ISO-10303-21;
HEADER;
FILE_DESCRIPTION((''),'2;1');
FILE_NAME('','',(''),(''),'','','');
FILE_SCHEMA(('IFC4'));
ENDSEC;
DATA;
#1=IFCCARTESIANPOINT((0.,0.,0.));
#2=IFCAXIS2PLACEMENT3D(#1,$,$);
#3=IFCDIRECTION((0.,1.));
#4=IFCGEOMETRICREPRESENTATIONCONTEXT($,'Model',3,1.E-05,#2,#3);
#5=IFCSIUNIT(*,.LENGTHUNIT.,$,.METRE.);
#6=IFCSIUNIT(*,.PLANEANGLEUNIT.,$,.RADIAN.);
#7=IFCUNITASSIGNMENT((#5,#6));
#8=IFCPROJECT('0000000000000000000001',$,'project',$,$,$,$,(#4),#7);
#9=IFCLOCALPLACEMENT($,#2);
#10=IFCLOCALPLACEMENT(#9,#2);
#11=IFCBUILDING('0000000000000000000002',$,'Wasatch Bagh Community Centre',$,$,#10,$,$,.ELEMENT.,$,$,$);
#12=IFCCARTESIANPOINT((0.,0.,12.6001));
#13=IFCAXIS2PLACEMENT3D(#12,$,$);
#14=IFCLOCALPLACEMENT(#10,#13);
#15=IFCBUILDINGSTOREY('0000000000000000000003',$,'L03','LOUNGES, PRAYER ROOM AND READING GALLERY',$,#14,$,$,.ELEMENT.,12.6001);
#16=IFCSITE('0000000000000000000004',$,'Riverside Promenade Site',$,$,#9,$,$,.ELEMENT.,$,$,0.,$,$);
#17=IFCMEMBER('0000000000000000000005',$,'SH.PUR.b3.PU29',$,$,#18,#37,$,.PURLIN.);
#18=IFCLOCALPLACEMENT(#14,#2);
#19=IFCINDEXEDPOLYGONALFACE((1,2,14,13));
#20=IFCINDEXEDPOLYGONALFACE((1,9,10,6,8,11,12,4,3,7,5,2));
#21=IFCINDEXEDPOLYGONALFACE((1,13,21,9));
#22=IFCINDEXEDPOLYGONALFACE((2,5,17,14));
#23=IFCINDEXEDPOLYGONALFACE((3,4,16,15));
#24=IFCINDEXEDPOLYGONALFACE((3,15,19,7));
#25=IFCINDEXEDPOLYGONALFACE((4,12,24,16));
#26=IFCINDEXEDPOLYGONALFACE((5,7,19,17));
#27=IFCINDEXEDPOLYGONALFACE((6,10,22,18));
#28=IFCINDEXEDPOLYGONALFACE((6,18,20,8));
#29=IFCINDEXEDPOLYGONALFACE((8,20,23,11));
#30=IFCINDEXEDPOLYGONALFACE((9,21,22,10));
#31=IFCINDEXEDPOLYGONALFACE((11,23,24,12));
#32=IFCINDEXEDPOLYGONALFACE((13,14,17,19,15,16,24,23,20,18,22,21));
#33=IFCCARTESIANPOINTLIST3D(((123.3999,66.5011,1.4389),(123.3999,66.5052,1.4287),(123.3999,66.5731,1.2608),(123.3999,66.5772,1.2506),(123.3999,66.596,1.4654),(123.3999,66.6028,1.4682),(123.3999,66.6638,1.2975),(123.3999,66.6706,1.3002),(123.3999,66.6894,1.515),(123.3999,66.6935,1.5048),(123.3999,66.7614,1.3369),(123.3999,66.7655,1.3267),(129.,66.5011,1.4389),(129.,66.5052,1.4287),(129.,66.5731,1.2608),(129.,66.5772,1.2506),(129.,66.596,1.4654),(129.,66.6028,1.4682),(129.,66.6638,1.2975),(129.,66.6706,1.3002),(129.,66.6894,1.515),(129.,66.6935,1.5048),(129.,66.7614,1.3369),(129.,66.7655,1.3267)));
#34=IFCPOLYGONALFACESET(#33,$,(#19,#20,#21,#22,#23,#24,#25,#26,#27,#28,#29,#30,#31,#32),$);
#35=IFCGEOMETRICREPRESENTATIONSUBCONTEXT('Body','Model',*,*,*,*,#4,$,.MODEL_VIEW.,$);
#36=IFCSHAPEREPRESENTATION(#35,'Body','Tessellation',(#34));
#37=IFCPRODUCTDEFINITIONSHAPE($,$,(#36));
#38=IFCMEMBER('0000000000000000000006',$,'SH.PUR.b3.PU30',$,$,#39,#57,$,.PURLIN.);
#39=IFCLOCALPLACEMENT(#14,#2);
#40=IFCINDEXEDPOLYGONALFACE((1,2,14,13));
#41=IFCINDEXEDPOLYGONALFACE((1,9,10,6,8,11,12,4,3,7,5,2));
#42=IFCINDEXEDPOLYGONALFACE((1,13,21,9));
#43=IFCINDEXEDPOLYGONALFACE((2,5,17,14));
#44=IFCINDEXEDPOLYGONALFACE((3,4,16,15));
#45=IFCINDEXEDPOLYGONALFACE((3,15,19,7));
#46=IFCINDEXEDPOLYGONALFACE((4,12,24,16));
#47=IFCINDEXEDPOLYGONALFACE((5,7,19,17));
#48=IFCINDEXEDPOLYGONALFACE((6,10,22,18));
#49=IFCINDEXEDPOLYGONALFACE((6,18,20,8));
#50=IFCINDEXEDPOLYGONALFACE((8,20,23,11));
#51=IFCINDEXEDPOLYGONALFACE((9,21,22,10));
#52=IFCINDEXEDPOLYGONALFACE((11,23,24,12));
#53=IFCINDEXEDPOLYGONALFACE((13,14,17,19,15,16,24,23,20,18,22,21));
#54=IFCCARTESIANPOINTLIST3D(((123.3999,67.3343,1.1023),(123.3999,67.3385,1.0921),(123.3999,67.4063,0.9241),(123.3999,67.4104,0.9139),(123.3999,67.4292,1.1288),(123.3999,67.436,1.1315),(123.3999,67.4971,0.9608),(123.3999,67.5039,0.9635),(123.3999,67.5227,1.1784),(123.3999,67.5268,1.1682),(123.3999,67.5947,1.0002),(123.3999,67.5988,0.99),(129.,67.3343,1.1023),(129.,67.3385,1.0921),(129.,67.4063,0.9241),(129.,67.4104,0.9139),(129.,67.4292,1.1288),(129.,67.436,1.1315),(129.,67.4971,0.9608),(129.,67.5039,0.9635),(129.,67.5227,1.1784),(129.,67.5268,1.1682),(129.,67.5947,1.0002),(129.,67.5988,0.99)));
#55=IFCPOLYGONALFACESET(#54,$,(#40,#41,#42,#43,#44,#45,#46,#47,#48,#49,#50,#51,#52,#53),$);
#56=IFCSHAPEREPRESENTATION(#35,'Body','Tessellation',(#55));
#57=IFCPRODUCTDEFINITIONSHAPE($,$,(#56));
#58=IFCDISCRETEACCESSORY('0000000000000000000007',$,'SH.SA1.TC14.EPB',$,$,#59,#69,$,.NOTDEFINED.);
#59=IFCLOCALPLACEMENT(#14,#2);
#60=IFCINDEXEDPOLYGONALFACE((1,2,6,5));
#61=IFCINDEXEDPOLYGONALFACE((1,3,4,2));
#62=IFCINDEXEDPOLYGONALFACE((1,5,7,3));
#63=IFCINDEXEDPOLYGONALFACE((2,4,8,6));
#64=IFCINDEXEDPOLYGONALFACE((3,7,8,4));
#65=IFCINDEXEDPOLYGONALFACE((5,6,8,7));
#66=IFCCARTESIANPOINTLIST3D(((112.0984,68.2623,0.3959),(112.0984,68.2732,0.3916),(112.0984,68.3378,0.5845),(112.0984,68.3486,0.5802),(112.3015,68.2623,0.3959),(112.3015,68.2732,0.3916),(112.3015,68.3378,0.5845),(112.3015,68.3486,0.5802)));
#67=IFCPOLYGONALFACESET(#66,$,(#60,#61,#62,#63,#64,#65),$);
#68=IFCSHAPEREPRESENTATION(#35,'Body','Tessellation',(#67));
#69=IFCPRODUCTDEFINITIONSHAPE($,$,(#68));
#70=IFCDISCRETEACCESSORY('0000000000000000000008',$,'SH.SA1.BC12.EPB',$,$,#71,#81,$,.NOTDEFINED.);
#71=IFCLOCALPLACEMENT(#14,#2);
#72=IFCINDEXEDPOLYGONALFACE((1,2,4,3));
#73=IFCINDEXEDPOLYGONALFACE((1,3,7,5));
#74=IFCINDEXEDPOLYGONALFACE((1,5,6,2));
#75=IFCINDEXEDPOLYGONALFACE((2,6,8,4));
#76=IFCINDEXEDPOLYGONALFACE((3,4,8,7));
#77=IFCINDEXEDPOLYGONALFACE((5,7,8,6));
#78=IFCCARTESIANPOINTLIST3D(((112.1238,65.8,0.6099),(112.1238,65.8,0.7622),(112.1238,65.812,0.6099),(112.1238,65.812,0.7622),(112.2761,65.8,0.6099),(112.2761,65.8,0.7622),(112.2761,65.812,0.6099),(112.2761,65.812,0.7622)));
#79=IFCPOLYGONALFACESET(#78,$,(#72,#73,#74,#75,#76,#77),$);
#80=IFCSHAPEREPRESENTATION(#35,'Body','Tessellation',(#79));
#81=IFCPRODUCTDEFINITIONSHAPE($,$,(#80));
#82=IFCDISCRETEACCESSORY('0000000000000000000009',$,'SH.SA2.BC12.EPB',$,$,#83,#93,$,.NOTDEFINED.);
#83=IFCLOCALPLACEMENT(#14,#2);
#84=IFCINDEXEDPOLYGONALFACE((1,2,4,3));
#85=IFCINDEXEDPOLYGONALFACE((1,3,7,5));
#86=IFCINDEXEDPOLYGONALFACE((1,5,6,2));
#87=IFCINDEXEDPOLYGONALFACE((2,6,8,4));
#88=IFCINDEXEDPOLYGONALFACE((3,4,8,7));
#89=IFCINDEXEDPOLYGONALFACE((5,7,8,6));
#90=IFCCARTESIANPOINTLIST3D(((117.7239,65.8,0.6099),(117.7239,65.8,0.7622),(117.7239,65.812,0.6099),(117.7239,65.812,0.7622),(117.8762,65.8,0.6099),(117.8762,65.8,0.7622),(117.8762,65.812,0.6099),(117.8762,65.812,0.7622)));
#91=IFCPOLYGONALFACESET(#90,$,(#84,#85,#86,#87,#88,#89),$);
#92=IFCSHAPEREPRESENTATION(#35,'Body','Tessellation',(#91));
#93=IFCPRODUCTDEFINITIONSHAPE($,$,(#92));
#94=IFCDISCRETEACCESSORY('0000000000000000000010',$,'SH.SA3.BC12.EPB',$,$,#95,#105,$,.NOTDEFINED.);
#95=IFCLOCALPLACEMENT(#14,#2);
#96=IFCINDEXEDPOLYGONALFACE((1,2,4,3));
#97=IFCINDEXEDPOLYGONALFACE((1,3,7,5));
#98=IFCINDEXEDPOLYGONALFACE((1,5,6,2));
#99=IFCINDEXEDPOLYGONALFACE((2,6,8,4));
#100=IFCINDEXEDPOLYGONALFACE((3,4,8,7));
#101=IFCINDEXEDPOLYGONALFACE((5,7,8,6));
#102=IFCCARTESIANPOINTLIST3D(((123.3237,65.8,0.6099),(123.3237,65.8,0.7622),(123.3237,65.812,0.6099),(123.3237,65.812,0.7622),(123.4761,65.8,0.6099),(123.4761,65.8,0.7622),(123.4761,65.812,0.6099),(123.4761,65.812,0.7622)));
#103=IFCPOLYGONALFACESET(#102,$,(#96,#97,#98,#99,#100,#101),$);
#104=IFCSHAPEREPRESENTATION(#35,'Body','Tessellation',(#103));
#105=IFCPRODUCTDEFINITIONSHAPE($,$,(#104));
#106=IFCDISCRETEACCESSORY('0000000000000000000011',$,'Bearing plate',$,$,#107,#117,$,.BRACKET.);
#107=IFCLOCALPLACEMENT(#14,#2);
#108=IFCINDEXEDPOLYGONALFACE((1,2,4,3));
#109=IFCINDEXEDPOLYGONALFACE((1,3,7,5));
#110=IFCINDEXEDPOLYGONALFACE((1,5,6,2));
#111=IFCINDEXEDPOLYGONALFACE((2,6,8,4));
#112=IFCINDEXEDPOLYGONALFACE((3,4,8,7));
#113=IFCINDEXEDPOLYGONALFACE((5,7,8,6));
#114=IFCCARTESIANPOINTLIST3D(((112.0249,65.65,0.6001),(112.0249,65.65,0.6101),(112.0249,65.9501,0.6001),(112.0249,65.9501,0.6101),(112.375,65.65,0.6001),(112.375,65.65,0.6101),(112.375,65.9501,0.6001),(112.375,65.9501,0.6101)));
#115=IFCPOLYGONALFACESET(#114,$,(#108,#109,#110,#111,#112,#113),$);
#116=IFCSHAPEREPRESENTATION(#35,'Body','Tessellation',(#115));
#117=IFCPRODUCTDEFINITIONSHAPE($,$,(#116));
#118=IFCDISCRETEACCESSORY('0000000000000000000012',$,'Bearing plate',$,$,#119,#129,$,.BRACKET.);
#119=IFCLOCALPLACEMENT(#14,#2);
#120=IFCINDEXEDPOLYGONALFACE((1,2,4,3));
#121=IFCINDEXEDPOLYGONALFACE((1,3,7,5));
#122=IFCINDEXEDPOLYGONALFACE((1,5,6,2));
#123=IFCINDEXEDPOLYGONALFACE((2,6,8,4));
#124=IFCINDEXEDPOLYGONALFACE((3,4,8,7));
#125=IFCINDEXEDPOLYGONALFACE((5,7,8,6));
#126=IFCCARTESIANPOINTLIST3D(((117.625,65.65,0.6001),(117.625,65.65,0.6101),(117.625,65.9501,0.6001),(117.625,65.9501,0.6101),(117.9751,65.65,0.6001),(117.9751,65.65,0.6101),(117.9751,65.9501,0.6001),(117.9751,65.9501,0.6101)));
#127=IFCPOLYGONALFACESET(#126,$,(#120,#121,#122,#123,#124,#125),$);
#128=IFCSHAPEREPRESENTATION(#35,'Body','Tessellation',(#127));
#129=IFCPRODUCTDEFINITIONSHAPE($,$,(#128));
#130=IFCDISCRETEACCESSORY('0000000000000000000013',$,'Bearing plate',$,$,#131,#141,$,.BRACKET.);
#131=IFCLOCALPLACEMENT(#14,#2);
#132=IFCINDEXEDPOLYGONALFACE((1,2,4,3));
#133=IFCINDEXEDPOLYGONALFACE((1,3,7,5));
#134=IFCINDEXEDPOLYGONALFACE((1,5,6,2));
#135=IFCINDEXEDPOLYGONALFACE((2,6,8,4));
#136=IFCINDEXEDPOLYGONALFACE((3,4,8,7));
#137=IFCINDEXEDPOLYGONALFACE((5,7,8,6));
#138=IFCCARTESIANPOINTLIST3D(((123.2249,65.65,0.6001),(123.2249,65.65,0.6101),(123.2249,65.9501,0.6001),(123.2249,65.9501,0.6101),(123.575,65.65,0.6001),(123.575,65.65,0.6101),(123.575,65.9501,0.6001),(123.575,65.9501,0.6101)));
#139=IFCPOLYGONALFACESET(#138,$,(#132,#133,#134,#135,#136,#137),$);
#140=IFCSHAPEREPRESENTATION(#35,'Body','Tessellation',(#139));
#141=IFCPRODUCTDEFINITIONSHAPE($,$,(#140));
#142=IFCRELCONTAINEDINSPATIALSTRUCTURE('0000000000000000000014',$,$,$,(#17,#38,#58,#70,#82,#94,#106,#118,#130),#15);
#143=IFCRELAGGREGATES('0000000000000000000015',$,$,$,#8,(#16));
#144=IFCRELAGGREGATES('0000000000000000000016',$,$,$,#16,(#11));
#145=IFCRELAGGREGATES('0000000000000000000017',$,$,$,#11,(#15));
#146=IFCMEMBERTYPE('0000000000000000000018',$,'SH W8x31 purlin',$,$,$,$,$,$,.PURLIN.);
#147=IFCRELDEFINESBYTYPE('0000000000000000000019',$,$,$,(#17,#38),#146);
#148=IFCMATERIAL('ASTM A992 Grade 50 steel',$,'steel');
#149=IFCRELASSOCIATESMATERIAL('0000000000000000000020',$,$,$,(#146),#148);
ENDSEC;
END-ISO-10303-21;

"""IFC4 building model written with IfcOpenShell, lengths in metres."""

from ifc_helpers import new_model, si_unit, direction, frame, origin, origin_2d, place, context, subcontext, project, spatial, rectangle, i_section, extrude, material, material_profile, profile_set, type_object, element, save


model = new_model("IFC4")

# Units and contexts
model_context = context("Model", 3, precision=1e-05, world=origin(), true_north=direction((0.0, 1.0)))
body_context = subcontext(model_context, "Body", "Model", "MODEL_VIEW")
ifc_project = project(units=[si_unit("LENGTHUNIT", "METRE"), si_unit("PLANEANGLEUNIT", "RADIAN")], contexts=[model_context])

# Site, building, storey
site_placement = place(None, origin())
site = spatial("IfcSite", under=ifc_project, at=site_placement, Name="Riverside Promenade Site", CompositionType="ELEMENT", RefElevation=0.0)
building_placement = place(site_placement, origin())
building = spatial("IfcBuilding", under=site, at=building_placement, Name="Wasatch Bagh Community Centre", CompositionType="ELEMENT")
storey_placement = place(building_placement, frame((0.0, 0.0, 12.6001)))
storey = spatial("IfcBuildingStorey", under=building, at=storey_placement, Name="L03", Description="LOUNGES, PRAYER ROOM AND READING GALLERY", CompositionType="ELEMENT", Elevation=12.6001)

# Shared definitions
ifc_material_1 = material(Name="ASTM A992 Grade 50 steel", Category="steel")

# Members
ifc_material_profile_1 = material_profile(ifc_material_1, i_section(OverallWidth=0.2031, OverallDepth=0.2031, WebThickness=0.0073, FlangeThickness=0.011, at=origin_2d()), Name="W8x31")
ifc_profile_set_1 = profile_set([ifc_material_profile_1], Name="ASTM A992 Grade 50 steel")
member_type_1 = type_object("IfcMemberType", Name="SH W8x31 purlin", PredefinedType="PURLIN", material=ifc_profile_set_1)
for number, where, z_axis, x_axis, name in (
    (1, (123.3999, 66.6333, 1.3828), (1.0, 0.0, 0.0), (0.0, 0.927184, 0.374607), "SH.PUR.b3.PU29"),
    (2, (123.3999, 67.4666, 1.0461), (1.0, 0.0, 0.0), (0.0, 0.927184, 0.374607), "SH.PUR.b3.PU30"),
):
    element("IfcMember", number, at=place(storey_placement, frame(where, z_axis=z_axis, x_axis=x_axis)), inside=storey, type_object=member_type_1, Name=name, PredefinedType="PURLIN", context=body_context, shape_type="SweptSolid", body=[
        extrude(i_section(OverallWidth=0.2031, OverallDepth=0.2031, WebThickness=0.0073, FlangeThickness=0.011, at=origin_2d()), origin(), (0.0, 0.0, 1.0), 5.6001),
    ])

# Discrete accessories
discrete_accessory_placement = place(storey_placement, frame((112.2, 68.3, 0.4902), z_axis=(0.0, 0.928477, -0.371391), x_axis=(-1.0, 0.0, 0.0)))
element("IfcDiscreteAccessory", 3, at=discrete_accessory_placement, inside=storey, Name="SH.SA1.TC14.EPB", PredefinedType="NOTDEFINED", context=body_context, shape_type="SweptSolid", body=[
    extrude(rectangle(XDim=0.2031, YDim=0.2031, at=origin_2d()), origin(), (0.0, 0.0, 1.0), 0.0117),
])
for number, where, z_axis, x_axis, name in (
    (4, (112.2, 65.8, 0.686), (0.0, 1.0, 0.0), (-1.0, 0.0, 0.0), "SH.SA1.BC12.EPB"),
    (5, (117.8, 65.8, 0.686), (0.0, 1.0, 0.0), (-1.0, 0.0, 0.0), "SH.SA2.BC12.EPB"),
    (6, (123.3999, 65.8, 0.686), (0.0, 1.0, 0.0), (-1.0, 0.0, 0.0), "SH.SA3.BC12.EPB"),
):
    element("IfcDiscreteAccessory", number, at=place(storey_placement, frame(where, z_axis=z_axis, x_axis=x_axis)), inside=storey, Name=name, PredefinedType="NOTDEFINED", context=body_context, shape_type="SweptSolid", body=[
        extrude(rectangle(XDim=0.1523, YDim=0.1523, at=origin_2d()), origin(), (0.0, 0.0, 1.0), 0.012),
    ])
for number, where, z_axis, x_axis, name in (
    (7, (112.2, 65.8, 0.6001), (0.0, 0.0, 1.0), (1.0, 0.0, 0.0), "Bearing plate"),
    (8, (117.8, 65.8, 0.6001), (0.0, 0.0, 1.0), (1.0, 0.0, 0.0), "Bearing plate"),
    (9, (123.3999, 65.8, 0.6001), (0.0, 0.0, 1.0), (1.0, 0.0, 0.0), "Bearing plate"),
):
    element("IfcDiscreteAccessory", number, at=place(storey_placement, frame(where, z_axis=z_axis, x_axis=x_axis)), inside=storey, Name=name, PredefinedType="BRACKET", context=body_context, shape_type="SweptSolid", body=[
        extrude(rectangle(XDim=0.3501, YDim=0.3, at=origin_2d()), origin(), (0.0, 0.0, 1.0), 0.01),
    ])

save(model, "model.ifc")
